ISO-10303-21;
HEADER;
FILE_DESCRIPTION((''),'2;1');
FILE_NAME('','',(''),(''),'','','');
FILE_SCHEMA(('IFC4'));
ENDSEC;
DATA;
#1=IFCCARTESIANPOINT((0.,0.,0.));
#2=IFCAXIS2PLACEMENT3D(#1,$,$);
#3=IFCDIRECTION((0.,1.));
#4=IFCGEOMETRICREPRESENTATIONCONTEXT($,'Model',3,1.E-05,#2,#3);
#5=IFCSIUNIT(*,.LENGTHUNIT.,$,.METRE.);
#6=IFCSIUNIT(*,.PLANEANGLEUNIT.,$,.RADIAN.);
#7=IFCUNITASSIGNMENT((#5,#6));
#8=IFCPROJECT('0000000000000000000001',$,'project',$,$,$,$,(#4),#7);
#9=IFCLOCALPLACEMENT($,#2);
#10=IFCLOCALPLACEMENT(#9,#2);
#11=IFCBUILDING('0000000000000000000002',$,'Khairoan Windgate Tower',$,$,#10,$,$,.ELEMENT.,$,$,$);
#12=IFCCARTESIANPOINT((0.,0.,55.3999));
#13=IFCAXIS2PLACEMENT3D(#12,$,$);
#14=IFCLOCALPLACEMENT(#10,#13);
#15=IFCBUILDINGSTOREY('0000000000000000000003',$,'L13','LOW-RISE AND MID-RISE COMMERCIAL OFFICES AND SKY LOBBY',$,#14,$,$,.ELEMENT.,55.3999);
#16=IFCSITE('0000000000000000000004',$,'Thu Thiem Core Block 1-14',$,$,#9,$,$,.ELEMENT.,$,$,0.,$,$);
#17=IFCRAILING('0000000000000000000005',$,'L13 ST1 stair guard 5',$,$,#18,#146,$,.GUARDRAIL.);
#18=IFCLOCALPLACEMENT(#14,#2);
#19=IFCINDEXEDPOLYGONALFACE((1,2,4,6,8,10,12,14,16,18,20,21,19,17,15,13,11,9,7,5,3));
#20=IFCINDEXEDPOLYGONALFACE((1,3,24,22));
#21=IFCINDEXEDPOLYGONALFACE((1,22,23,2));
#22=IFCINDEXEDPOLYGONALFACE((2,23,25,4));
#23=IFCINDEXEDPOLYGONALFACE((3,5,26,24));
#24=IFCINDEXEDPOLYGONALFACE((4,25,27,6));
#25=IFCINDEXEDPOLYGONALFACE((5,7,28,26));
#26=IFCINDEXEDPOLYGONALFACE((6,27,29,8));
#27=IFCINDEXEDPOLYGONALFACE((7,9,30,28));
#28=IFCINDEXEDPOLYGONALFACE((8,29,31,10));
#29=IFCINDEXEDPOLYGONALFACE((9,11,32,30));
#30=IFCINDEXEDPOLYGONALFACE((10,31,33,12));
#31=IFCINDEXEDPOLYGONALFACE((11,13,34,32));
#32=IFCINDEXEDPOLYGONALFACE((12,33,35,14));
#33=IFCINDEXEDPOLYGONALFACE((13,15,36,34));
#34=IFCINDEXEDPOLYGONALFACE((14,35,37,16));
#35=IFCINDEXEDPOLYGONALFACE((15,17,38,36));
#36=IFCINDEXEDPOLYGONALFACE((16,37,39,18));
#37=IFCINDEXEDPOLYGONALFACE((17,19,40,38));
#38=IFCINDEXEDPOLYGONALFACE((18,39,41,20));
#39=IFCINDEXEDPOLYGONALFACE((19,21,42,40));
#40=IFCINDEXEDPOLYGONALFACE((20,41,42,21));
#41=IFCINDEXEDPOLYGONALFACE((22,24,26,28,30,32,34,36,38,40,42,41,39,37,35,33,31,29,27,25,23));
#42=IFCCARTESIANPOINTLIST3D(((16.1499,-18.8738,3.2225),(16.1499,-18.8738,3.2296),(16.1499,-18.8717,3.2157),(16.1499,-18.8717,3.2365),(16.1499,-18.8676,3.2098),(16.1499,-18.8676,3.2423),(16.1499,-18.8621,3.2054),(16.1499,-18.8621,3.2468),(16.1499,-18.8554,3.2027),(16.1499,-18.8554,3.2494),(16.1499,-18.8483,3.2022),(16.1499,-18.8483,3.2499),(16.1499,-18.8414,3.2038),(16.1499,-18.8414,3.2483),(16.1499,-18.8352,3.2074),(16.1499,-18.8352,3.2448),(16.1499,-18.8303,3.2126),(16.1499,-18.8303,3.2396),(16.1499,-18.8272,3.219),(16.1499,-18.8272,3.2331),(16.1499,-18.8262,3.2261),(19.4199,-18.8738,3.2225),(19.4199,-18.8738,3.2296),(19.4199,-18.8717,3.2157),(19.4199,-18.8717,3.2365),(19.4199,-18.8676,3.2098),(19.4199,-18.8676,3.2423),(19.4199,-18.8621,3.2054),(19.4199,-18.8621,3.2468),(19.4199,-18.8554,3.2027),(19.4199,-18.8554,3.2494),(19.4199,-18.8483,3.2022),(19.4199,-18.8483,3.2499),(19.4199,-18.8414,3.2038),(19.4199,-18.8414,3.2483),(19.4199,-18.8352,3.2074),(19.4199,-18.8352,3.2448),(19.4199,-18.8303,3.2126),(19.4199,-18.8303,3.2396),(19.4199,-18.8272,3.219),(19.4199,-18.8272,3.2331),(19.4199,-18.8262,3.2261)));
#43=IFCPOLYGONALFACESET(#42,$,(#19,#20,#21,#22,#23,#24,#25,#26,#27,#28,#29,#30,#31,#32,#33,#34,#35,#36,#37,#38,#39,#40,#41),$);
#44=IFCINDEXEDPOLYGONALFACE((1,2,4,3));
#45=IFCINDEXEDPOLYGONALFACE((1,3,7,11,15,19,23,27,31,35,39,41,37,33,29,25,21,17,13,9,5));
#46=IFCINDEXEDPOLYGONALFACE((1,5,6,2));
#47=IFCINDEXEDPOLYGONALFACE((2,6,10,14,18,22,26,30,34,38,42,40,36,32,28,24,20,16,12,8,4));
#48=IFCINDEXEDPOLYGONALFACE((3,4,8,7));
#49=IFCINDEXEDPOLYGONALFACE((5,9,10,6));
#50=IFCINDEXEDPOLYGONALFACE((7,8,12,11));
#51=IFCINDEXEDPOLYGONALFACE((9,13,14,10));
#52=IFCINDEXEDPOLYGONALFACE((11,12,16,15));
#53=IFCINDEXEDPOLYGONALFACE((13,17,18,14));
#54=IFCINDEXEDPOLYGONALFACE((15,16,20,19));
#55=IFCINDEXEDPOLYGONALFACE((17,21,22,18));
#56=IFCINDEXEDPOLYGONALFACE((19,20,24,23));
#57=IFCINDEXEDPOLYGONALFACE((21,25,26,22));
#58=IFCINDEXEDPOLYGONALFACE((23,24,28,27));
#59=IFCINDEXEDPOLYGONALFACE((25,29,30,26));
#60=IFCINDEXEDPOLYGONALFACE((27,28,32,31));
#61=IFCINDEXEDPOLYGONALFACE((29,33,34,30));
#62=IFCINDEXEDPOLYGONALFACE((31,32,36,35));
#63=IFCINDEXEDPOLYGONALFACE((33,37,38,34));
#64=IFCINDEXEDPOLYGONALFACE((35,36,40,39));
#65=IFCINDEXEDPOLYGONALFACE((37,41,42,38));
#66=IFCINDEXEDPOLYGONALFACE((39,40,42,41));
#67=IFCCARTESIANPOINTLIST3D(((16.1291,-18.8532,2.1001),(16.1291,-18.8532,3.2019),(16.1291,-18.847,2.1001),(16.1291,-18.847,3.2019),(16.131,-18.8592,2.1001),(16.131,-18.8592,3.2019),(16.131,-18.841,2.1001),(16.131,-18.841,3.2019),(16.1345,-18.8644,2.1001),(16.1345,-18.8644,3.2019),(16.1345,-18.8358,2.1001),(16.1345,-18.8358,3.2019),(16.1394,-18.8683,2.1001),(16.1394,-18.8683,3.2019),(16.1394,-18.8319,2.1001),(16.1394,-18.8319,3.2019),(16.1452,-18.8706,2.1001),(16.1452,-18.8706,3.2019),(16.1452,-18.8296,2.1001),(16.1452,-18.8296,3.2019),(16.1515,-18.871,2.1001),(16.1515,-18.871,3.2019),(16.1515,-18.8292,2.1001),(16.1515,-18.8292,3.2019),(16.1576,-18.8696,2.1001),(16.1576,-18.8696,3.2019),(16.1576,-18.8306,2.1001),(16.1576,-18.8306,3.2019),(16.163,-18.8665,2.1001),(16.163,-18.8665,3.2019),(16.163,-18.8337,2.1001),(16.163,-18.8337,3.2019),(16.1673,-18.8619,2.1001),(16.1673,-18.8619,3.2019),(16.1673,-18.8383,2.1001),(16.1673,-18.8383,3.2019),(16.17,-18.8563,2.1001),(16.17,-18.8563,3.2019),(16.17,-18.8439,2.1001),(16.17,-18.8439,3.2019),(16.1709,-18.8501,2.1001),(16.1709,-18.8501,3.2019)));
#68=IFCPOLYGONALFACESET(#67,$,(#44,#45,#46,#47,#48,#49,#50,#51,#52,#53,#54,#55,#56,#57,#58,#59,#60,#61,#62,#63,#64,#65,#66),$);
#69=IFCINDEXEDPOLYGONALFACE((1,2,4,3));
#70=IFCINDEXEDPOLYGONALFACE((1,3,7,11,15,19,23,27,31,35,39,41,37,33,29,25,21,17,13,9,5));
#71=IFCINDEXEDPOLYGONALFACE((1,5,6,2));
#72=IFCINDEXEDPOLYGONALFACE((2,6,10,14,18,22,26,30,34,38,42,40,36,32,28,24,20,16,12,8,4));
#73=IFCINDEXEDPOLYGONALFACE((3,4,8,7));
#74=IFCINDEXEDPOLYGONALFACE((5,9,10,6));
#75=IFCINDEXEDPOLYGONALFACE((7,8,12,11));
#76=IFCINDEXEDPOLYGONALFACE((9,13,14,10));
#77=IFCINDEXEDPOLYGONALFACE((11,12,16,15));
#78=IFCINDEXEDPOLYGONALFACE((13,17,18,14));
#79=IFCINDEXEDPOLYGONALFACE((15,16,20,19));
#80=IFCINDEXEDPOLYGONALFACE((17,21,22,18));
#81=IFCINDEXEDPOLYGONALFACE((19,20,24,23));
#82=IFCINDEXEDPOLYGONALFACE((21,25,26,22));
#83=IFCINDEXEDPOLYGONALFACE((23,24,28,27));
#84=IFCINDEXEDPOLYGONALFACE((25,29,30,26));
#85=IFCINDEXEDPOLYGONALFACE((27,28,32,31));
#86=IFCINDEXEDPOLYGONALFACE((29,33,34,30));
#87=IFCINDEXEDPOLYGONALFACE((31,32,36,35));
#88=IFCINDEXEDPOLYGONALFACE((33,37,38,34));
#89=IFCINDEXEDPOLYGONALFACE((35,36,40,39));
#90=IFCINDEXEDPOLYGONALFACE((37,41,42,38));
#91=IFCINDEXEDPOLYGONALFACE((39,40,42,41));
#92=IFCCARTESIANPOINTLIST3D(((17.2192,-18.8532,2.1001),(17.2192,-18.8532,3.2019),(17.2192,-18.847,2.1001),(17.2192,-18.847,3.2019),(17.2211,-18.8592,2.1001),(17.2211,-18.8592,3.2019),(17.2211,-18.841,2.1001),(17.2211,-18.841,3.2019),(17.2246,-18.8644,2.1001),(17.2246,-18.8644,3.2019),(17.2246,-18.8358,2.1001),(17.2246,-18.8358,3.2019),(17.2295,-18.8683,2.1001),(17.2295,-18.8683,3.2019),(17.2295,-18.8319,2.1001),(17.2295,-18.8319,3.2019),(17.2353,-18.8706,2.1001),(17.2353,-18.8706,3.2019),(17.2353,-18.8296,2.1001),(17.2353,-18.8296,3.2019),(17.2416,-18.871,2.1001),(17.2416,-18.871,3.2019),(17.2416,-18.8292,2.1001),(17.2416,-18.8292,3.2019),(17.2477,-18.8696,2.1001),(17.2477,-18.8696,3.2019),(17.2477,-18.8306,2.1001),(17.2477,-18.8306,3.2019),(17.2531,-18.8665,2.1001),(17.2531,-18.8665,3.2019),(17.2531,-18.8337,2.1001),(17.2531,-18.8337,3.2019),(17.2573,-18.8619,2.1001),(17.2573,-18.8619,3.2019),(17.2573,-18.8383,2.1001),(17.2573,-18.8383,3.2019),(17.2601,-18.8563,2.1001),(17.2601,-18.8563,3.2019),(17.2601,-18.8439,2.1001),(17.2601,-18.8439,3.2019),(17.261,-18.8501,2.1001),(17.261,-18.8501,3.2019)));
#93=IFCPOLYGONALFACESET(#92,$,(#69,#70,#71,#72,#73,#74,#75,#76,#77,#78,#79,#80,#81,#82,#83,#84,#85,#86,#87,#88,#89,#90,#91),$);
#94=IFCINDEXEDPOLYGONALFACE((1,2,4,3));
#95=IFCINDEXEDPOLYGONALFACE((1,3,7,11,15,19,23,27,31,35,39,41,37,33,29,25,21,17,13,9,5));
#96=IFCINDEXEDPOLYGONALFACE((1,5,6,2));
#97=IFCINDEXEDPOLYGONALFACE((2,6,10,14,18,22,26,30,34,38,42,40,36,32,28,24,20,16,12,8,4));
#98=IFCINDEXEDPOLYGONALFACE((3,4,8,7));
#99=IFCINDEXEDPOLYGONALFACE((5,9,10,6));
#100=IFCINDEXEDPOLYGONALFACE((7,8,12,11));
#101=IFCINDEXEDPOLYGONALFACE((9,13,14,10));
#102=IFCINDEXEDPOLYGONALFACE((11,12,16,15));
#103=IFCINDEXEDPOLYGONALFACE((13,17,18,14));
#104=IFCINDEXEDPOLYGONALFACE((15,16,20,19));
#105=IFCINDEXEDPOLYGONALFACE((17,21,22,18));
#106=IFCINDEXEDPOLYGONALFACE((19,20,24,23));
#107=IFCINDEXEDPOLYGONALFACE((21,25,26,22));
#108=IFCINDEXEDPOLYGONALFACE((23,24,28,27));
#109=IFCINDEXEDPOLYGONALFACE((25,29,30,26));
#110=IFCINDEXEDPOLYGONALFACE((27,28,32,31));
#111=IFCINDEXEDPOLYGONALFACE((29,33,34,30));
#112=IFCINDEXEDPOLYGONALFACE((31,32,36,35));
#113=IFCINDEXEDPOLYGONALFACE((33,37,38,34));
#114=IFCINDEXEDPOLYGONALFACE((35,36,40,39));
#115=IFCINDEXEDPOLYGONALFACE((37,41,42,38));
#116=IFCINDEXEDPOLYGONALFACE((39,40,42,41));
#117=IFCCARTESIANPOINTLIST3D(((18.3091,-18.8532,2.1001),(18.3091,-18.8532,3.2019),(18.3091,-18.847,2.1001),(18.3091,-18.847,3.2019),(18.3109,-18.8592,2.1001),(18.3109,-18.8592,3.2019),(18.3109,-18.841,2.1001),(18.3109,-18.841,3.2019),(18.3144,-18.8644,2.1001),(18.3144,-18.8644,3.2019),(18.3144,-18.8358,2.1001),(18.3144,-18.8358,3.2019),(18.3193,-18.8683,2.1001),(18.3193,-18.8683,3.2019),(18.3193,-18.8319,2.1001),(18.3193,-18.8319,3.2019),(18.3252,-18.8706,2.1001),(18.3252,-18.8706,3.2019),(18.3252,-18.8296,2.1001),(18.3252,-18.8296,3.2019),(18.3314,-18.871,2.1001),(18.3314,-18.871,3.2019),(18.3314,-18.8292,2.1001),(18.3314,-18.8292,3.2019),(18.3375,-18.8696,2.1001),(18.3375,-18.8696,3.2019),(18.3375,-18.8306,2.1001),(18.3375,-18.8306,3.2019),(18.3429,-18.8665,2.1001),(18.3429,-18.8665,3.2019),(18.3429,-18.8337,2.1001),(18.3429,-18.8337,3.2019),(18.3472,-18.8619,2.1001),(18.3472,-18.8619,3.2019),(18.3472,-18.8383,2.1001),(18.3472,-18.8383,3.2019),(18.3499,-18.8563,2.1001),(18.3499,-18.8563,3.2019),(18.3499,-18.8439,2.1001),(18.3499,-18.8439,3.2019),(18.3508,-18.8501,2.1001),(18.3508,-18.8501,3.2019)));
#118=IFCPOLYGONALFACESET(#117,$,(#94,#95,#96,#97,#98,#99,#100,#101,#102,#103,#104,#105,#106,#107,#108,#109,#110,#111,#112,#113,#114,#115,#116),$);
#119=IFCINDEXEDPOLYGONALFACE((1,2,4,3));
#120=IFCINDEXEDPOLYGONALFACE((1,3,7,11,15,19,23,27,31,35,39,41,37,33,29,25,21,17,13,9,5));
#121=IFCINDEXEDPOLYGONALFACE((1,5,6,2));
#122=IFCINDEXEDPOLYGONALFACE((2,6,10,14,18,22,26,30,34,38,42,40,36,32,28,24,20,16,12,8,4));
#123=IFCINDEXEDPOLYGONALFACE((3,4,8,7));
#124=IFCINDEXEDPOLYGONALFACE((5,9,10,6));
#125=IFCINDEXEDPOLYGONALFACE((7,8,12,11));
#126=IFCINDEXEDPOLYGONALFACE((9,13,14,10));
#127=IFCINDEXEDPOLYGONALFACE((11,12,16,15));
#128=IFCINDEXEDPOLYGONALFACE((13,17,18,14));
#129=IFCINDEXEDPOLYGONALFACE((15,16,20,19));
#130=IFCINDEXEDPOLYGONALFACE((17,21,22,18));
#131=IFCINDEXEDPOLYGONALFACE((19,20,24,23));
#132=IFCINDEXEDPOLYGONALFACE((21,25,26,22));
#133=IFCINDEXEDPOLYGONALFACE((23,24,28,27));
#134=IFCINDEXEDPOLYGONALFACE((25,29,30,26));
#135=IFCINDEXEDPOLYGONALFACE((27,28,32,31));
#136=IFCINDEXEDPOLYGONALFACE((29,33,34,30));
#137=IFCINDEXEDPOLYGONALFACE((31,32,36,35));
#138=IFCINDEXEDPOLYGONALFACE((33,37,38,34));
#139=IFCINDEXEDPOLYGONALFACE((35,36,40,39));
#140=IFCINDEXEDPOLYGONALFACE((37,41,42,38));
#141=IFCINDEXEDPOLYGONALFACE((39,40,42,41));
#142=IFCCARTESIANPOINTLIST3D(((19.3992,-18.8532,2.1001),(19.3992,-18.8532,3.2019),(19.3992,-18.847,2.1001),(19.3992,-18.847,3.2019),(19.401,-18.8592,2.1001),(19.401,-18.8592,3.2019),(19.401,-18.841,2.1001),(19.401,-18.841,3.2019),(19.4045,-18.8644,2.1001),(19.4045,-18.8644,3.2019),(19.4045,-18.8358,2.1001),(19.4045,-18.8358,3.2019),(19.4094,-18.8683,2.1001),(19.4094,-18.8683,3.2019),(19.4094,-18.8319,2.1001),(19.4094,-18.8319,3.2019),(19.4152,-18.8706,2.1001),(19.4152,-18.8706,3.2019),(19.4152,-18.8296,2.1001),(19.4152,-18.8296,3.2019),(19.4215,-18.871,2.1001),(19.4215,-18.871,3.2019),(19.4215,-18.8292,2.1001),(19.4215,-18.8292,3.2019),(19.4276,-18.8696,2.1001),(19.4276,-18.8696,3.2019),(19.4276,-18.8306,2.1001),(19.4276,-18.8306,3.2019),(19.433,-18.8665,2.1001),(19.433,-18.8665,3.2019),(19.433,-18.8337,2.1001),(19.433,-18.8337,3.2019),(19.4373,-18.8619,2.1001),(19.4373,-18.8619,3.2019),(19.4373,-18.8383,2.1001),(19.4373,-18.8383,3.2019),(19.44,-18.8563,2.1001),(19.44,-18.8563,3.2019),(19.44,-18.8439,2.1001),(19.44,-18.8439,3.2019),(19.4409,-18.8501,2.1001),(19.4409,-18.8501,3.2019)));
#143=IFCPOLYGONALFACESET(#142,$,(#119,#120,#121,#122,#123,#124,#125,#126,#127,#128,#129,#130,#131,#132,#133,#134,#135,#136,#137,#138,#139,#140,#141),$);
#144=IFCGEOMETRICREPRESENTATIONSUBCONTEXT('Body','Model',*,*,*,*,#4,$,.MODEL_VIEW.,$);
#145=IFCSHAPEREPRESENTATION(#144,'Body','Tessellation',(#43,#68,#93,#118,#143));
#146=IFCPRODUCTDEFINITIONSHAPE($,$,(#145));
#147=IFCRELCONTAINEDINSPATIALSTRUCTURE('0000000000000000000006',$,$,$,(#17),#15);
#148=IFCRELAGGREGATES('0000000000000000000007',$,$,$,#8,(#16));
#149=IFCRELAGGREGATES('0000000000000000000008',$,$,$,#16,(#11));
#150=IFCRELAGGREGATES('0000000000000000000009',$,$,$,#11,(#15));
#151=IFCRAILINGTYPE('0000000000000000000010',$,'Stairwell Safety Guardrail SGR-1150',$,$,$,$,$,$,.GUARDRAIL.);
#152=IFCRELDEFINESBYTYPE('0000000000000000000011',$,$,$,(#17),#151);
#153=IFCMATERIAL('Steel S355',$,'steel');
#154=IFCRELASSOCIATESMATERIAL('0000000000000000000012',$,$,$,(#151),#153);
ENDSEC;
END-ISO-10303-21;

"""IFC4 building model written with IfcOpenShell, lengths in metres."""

from ifc_helpers import new_model, si_unit, direction, frame, origin, origin_2d, place, context, subcontext, project, spatial, circle, extrude, material, type_object, element, save


model = new_model("IFC4")

# Units and contexts
model_context = context("Model", 3, precision=1e-05, world=origin(), true_north=direction((0.0, 1.0)))
body_context = subcontext(model_context, "Body", "Model", "MODEL_VIEW")
ifc_project = project(units=[si_unit("LENGTHUNIT", "METRE"), si_unit("PLANEANGLEUNIT", "RADIAN")], contexts=[model_context])

# Site, building, storey
site_placement = place(None, origin())
site = spatial("IfcSite", under=ifc_project, at=site_placement, Name="Thu Thiem Core Block 1-14", CompositionType="ELEMENT", RefElevation=0.0)
building_placement = place(site_placement, origin())
building = spatial("IfcBuilding", under=site, at=building_placement, Name="Khairoan Windgate Tower", CompositionType="ELEMENT")
storey_placement = place(building_placement, frame((0.0, 0.0, 55.3999)))
storey = spatial("IfcBuildingStorey", under=building, at=storey_placement, Name="L13", Description="LOW-RISE AND MID-RISE COMMERCIAL OFFICES AND SKY LOBBY", CompositionType="ELEMENT", Elevation=55.3999)

# Railing
ifc_material_1 = material(Name="Steel S355", Category="steel")
railing_type = type_object("IfcRailingType", Name="Stairwell Safety Guardrail SGR-1150", PredefinedType="GUARDRAIL", material=ifc_material_1)
railing_1_placement = place(storey_placement, frame((16.1499, -18.8501, 2.1001)))
element("IfcRailing", 1, at=railing_1_placement, inside=storey, type_object=railing_type, Name="L13 ST1 stair guard 5", PredefinedType="GUARDRAIL", context=body_context, shape_type="SweptSolid", body=[
    extrude(circle(Radius=0.0239, at=origin_2d()), frame((0.0, 0.0, 1.126), z_axis=(1.0, 0.0, 0.0), x_axis=(0.0, 1.0, 0.0)), (0.0, 0.0, 1.0), 3.27),
    extrude(circle(Radius=0.021, at=origin_2d()), origin(), (0.0, 0.0, 1.0), 1.1018),
    extrude(circle(Radius=0.021, at=origin_2d()), frame((1.0901, 0.0, 0.0)), (0.0, 0.0, 1.0), 1.1018),
    extrude(circle(Radius=0.021, at=origin_2d()), frame((2.1799, 0.0, 0.0)), (0.0, 0.0, 1.0), 1.1018),
    extrude(circle(Radius=0.021, at=origin_2d()), frame((3.27, 0.0, 0.0)), (0.0, 0.0, 1.0), 1.1018),
])

save(model, "model.ifc")
